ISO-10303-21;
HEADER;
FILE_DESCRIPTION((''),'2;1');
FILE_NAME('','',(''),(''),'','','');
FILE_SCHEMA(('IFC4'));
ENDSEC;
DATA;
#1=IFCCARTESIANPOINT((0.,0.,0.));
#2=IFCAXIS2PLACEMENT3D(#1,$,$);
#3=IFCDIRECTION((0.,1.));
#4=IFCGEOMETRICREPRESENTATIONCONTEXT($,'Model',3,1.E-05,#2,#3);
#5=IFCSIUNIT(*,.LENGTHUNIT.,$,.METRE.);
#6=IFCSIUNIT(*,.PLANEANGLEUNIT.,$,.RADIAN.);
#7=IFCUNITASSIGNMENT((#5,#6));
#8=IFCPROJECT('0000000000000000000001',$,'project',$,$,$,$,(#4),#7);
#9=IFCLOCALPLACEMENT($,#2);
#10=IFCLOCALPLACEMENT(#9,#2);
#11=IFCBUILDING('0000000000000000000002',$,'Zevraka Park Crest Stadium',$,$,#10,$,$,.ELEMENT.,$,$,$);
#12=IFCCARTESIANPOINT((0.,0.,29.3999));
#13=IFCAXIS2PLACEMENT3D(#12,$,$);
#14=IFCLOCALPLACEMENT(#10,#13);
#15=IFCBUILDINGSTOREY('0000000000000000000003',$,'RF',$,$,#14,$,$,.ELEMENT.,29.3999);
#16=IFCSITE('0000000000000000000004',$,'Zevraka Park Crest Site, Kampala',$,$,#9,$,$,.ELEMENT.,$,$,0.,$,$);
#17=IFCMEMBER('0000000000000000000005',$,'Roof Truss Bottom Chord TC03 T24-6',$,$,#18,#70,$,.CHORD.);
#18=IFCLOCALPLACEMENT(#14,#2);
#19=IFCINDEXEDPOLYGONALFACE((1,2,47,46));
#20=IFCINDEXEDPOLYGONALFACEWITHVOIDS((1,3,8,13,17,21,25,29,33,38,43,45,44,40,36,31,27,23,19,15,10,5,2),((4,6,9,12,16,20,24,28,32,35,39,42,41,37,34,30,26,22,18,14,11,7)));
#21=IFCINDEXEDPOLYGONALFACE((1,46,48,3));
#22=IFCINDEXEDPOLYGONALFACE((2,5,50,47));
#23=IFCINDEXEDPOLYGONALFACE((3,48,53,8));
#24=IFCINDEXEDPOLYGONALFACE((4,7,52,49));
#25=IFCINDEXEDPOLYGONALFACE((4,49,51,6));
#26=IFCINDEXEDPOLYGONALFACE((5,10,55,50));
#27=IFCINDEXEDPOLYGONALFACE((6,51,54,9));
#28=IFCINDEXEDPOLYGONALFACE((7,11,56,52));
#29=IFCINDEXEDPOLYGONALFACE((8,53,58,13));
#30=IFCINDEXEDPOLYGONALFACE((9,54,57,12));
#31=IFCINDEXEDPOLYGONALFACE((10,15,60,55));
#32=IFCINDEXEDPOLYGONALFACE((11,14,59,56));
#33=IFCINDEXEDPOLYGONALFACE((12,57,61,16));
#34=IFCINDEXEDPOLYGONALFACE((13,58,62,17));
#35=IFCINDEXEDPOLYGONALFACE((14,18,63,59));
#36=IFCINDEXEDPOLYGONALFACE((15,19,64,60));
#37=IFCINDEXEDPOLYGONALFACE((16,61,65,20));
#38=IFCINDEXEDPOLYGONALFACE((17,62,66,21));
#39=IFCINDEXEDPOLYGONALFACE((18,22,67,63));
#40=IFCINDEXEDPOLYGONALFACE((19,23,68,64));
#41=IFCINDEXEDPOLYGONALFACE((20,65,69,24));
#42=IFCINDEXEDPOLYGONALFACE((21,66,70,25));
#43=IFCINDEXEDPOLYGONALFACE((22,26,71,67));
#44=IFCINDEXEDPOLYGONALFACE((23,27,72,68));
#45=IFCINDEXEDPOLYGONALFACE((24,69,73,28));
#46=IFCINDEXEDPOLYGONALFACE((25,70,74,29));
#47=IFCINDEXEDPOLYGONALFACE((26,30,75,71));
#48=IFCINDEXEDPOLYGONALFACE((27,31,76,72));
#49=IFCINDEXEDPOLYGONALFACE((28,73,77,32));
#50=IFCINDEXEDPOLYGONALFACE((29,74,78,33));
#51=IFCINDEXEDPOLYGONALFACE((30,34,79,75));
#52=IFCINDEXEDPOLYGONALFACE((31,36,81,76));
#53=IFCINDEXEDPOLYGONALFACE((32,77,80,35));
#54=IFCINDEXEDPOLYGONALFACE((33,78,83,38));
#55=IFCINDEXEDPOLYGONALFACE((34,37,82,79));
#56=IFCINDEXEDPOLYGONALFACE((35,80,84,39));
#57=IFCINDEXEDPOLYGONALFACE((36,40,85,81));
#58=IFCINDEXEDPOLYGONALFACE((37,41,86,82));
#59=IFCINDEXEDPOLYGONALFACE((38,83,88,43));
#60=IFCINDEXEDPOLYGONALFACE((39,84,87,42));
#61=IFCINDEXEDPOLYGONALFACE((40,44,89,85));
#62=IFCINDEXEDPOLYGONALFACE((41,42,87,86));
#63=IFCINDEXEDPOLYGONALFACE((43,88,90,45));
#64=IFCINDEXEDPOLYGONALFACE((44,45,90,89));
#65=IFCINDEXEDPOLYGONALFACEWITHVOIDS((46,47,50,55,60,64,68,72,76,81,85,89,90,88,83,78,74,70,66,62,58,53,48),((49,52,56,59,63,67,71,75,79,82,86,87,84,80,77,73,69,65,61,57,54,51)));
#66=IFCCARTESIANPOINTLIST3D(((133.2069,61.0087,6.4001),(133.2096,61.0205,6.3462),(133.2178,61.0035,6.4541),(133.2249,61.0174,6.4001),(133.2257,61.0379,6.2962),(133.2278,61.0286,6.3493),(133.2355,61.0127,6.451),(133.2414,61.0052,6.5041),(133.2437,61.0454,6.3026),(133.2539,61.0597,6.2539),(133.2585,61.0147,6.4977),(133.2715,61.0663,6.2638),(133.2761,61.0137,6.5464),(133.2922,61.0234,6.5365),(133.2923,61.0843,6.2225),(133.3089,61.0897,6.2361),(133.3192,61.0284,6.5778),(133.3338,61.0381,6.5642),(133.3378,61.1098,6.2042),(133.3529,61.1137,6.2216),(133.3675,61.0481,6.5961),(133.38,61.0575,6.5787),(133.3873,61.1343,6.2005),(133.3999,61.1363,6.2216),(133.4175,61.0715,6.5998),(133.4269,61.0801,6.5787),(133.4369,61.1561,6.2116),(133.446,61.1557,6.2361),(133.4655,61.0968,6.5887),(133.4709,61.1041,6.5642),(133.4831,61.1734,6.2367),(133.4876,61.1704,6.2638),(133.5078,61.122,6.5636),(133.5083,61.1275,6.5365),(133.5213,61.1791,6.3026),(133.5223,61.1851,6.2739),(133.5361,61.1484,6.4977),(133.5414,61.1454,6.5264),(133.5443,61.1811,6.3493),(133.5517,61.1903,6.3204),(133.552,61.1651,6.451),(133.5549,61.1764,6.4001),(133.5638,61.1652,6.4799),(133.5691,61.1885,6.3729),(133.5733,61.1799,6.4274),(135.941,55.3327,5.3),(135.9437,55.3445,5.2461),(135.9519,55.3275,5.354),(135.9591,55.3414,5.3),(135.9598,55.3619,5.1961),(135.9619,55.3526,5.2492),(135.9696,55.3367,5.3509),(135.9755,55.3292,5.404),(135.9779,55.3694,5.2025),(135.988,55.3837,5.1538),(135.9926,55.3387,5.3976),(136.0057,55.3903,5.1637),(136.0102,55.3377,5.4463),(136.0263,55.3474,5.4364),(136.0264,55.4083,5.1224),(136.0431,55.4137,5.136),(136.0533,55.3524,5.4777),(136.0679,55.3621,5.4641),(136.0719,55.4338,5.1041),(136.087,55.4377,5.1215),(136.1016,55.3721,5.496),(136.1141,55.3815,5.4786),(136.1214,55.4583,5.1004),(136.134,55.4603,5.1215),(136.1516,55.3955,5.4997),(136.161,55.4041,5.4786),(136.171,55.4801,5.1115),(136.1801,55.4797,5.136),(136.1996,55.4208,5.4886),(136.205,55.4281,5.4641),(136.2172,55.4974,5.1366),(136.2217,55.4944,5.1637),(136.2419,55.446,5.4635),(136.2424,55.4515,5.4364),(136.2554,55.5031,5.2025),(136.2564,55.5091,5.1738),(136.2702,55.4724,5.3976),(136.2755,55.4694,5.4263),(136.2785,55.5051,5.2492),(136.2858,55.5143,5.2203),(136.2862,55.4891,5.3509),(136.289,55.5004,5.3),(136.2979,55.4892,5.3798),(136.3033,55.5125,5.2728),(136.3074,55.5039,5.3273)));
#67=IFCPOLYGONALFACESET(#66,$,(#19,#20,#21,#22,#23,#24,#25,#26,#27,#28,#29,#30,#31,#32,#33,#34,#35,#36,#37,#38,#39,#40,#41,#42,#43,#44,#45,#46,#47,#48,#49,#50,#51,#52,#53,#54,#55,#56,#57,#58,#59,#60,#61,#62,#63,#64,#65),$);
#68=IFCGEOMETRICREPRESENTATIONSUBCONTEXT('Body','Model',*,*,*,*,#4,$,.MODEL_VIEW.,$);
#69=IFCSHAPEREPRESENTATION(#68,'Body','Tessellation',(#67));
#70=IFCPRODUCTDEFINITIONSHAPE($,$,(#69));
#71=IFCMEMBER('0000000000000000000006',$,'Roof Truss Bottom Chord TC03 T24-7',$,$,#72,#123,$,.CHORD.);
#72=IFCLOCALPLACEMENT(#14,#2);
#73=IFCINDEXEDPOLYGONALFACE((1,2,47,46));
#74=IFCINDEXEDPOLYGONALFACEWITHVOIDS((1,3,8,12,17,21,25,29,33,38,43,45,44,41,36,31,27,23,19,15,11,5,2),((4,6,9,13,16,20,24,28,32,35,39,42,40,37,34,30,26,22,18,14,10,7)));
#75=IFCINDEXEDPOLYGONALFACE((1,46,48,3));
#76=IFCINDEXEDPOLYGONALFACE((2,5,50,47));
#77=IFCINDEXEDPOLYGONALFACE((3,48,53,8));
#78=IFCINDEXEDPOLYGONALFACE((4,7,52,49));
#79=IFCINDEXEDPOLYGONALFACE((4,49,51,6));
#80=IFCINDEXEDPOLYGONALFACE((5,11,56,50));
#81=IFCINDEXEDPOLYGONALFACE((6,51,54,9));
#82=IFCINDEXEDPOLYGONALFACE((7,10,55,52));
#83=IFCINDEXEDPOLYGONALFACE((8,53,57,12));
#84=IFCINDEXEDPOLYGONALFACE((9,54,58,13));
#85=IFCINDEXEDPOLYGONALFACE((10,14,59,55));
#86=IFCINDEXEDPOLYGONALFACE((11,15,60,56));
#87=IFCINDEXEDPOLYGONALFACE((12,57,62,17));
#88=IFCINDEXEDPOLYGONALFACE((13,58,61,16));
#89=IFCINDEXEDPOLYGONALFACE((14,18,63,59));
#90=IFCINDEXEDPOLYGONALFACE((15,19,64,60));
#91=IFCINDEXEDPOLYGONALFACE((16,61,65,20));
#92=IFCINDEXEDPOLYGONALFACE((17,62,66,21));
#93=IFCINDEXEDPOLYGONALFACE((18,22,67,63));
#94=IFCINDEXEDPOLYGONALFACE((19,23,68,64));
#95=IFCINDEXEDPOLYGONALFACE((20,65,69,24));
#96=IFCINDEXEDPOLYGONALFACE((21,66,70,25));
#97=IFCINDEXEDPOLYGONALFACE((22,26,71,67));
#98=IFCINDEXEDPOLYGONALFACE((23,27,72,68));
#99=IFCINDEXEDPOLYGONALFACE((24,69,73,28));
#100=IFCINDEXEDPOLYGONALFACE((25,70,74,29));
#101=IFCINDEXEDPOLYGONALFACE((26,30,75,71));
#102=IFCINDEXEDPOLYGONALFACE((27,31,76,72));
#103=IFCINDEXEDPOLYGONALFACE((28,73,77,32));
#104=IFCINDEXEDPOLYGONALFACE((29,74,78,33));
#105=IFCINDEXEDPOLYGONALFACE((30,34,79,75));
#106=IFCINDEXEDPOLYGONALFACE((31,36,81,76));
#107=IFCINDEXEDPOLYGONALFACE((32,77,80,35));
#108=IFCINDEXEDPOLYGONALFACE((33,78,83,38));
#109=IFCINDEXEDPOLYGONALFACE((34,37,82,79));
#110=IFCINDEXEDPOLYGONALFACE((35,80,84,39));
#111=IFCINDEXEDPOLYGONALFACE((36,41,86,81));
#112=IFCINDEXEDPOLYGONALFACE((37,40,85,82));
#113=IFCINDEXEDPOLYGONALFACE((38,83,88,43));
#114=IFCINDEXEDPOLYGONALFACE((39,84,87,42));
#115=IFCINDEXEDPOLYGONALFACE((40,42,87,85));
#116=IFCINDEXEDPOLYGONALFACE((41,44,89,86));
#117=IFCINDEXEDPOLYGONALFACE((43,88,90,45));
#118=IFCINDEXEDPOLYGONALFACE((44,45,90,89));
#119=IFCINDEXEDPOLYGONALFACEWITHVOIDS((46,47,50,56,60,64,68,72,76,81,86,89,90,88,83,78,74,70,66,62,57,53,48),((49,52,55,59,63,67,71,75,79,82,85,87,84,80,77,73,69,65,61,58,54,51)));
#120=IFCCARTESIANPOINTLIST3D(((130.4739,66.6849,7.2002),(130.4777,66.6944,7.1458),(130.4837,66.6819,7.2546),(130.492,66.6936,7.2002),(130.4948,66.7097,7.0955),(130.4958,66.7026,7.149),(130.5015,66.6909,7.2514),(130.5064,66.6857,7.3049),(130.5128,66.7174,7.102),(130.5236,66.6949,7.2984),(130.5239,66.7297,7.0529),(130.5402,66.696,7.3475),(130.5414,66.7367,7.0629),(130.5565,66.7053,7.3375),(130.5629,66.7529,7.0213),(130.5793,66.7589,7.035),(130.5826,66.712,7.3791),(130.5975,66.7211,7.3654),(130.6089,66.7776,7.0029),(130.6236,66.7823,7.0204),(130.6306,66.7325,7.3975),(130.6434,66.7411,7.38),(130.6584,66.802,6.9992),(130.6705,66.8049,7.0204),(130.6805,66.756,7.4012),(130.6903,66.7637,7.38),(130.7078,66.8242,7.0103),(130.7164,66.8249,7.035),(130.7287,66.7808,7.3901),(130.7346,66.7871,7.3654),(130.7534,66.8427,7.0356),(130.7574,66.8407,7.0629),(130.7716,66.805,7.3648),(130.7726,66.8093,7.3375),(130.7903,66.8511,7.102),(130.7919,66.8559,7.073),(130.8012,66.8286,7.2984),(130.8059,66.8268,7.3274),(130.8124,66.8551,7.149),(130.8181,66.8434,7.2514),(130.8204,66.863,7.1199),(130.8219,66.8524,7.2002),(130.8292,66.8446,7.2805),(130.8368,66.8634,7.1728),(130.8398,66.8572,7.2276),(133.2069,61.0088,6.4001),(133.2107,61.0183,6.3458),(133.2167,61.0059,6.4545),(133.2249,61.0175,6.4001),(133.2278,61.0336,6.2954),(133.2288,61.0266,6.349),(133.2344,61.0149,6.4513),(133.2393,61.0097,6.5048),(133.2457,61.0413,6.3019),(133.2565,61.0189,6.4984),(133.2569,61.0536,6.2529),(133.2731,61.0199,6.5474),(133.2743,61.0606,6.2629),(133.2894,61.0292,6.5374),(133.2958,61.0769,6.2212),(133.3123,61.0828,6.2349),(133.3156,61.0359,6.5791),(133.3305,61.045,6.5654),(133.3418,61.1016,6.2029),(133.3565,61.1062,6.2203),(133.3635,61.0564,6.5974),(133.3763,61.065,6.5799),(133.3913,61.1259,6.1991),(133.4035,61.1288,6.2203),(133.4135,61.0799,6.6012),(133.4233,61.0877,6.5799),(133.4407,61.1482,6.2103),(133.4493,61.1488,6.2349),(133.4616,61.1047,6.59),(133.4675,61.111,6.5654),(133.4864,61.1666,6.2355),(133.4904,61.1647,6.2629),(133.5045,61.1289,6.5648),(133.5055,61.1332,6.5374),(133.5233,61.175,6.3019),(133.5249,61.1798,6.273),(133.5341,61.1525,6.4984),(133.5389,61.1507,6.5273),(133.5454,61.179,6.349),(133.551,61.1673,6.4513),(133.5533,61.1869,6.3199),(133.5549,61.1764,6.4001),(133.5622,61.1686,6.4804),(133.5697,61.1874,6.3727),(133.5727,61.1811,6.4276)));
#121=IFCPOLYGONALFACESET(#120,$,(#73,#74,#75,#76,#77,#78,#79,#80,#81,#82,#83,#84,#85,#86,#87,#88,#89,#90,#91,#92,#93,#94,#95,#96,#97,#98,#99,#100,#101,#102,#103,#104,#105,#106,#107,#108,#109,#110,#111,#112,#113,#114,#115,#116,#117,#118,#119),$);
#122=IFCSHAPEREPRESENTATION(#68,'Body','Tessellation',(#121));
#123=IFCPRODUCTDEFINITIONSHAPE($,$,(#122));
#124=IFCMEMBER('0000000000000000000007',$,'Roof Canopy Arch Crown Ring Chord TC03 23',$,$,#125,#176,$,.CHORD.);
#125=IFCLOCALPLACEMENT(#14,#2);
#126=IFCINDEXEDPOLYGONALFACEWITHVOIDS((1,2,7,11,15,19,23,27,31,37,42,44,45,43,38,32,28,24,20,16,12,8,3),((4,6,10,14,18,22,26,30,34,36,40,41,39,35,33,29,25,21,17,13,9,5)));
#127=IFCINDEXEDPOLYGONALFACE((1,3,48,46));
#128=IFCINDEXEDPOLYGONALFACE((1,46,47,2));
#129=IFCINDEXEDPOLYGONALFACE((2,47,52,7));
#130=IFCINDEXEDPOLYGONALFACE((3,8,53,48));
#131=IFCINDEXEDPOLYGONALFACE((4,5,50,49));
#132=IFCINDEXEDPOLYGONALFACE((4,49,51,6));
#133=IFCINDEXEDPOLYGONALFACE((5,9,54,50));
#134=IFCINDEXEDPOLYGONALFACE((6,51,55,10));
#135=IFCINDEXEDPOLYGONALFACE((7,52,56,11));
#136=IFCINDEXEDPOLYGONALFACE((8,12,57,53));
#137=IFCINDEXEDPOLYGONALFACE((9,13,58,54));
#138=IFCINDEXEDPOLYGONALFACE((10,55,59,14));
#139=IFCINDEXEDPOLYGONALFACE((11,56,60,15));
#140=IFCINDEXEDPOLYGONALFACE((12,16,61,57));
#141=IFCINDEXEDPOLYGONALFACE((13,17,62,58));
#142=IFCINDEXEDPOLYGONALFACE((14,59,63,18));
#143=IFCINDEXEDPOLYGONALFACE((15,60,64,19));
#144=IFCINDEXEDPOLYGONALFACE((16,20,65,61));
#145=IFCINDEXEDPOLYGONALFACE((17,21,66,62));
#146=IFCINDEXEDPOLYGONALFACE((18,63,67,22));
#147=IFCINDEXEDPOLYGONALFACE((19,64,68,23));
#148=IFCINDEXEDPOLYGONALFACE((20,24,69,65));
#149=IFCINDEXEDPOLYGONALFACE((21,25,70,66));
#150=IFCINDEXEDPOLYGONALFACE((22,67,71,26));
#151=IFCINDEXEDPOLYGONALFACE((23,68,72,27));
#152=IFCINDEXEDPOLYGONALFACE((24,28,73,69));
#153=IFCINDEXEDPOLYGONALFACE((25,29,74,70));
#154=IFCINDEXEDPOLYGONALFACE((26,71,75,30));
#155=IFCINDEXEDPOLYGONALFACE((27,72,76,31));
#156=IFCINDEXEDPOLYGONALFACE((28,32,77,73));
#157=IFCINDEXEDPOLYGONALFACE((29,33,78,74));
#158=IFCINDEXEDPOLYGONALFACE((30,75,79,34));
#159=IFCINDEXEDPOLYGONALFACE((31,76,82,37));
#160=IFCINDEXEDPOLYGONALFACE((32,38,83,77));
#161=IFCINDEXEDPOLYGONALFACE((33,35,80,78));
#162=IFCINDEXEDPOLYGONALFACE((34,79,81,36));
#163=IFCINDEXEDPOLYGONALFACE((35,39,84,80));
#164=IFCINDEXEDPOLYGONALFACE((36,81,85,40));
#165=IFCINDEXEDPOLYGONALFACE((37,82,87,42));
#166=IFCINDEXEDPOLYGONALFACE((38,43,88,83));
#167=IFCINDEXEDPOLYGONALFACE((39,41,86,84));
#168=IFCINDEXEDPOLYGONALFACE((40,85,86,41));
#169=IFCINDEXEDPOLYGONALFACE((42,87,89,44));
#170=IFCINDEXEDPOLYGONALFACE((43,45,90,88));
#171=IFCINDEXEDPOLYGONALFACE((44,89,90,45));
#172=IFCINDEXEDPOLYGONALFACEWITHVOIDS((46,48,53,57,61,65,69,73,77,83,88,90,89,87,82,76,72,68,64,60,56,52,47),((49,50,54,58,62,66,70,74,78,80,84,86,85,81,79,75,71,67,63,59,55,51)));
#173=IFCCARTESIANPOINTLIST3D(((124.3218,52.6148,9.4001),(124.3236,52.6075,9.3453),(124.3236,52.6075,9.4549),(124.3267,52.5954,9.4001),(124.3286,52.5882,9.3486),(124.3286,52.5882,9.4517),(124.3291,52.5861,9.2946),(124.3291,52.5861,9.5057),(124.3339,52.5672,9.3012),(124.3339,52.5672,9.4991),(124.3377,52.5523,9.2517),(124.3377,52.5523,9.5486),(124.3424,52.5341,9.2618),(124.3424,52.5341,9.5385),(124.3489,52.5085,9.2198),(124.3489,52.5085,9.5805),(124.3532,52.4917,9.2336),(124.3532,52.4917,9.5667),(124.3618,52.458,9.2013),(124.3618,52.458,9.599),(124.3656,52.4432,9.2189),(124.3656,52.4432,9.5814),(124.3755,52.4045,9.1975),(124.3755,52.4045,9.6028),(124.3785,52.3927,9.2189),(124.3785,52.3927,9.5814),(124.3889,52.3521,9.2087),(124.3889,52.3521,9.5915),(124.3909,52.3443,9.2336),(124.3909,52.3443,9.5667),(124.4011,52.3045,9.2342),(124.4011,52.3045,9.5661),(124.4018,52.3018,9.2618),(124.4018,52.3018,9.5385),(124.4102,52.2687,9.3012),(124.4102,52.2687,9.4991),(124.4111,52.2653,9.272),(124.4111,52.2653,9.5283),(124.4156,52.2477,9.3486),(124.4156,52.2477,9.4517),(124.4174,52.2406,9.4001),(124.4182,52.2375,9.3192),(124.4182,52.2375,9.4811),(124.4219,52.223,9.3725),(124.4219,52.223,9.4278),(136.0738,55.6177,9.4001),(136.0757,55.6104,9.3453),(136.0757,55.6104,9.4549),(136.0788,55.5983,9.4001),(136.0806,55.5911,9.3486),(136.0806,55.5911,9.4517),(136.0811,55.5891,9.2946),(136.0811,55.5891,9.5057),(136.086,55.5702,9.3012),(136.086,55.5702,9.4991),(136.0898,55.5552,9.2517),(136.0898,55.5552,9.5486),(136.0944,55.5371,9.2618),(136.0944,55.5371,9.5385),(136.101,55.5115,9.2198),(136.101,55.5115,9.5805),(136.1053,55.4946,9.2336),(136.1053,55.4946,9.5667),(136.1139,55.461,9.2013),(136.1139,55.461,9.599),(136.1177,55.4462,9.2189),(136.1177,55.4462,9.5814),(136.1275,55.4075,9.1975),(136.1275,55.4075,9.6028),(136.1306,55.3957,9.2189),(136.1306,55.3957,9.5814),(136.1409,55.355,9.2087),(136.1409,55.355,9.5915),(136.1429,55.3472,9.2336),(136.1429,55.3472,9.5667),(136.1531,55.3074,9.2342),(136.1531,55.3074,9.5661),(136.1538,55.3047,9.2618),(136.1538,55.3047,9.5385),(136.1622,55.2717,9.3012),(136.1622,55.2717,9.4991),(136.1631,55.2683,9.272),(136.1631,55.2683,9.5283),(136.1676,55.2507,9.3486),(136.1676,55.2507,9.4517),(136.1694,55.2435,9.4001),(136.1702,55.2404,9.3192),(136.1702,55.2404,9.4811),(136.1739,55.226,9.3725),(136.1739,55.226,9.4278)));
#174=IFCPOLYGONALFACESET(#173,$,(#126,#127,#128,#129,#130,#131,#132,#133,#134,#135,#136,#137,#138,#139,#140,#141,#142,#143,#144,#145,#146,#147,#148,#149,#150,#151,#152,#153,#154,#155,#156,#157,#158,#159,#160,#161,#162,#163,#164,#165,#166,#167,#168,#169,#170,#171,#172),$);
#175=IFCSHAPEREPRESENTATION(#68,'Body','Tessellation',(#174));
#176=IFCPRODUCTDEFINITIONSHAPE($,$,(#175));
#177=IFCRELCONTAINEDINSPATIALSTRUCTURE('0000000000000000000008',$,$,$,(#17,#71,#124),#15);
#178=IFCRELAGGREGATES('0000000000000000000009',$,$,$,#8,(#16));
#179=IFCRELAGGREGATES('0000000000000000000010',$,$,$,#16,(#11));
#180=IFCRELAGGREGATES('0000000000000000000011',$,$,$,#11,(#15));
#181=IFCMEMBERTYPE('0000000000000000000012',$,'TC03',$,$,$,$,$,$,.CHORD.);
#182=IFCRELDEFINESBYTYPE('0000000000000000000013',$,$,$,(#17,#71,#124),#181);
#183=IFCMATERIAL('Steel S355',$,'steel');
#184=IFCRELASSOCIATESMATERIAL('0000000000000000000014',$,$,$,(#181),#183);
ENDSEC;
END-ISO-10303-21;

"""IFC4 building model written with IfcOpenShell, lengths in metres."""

from ifc_helpers import new_model, si_unit, direction, frame, origin, origin_2d, place, context, subcontext, project, spatial, hollow_circle, extrude, material, material_profile, profile_set, type_object, element, save


model = new_model("IFC4")

# Units and contexts
model_context = context("Model", 3, precision=1e-05, world=origin(), true_north=direction((0.0, 1.0)))
body_context = subcontext(model_context, "Body", "Model", "MODEL_VIEW")
ifc_project = project(units=[si_unit("LENGTHUNIT", "METRE"), si_unit("PLANEANGLEUNIT", "RADIAN")], contexts=[model_context])

# Site, building, storey
site_placement = place(None, origin())
site = spatial("IfcSite", under=ifc_project, at=site_placement, Name="Zevraka Park Crest Site, Kampala", CompositionType="ELEMENT", RefElevation=0.0)
building_placement = place(site_placement, origin())
building = spatial("IfcBuilding", under=site, at=building_placement, Name="Zevraka Park Crest Stadium", CompositionType="ELEMENT")
storey_placement = place(building_placement, frame((0.0, 0.0, 29.3999)))
storey = spatial("IfcBuildingStorey", under=building, at=storey_placement, Name="RF", CompositionType="ELEMENT", Elevation=29.3999)

# Members
ifc_material_1 = material(Name="Steel S355", Category="steel")
ifc_material_profile_1 = material_profile(ifc_material_1, hollow_circle(Radius=0.2031, WallThickness=0.02, at=origin_2d()), Name="CHS 406.4x20")
ifc_profile_set_1 = profile_set([ifc_material_profile_1], Name="Steel S355")
member_type_1 = type_object("IfcMemberType", Name="TC03", PredefinedType="CHORD", material=ifc_profile_set_1)
member_1_placement = place(storey_placement, frame((136.124, 55.4209, 5.3), z_axis=(-0.427506, 0.887497, 0.17201), x_axis=(-0.900925, -0.433974, 0.0)))
element("IfcMember", 1, at=member_1_placement, inside=storey, type_object=member_type_1, Name="Roof Truss Bottom Chord TC03 T24-6", PredefinedType="CHORD", context=body_context, shape_type="SweptSolid", body=[
    extrude(hollow_circle(Radius=0.2031, WallThickness=0.02, at=origin_2d()), origin(), (0.0, 0.0, 1.0), 6.3955),
])
member_2_placement = place(storey_placement, frame((133.3899, 61.0969, 6.4001), z_axis=(-0.43036, 0.893822, 0.125986), x_axis=(-0.901001, -0.433817, 0.0)))
element("IfcMember", 2, at=member_2_placement, inside=storey, type_object=member_type_1, Name="Roof Truss Bottom Chord TC03 T24-7", PredefinedType="CHORD", context=body_context, shape_type="SweptSolid", body=[
    extrude(hollow_circle(Radius=0.2031, WallThickness=0.02, at=origin_2d()), origin(), (0.0, 0.0, 1.0), 6.3503),
])
member_3_placement = place(storey_placement, frame((124.3721, 52.418, 9.4001), z_axis=(0.96887, 0.247571, 0.0), x_axis=(-0.247571, 0.96887, 0.0)))
element("IfcMember", 3, at=member_3_placement, inside=storey, type_object=member_type_1, Name="Roof Canopy Arch Crown Ring Chord TC03 23", PredefinedType="CHORD", context=body_context, shape_type="SweptSolid", body=[
    extrude(hollow_circle(Radius=0.2031, WallThickness=0.02, at=origin_2d()), origin(), (0.0, 0.0, 1.0), 12.1296),
])

save(model, "model.ifc")
